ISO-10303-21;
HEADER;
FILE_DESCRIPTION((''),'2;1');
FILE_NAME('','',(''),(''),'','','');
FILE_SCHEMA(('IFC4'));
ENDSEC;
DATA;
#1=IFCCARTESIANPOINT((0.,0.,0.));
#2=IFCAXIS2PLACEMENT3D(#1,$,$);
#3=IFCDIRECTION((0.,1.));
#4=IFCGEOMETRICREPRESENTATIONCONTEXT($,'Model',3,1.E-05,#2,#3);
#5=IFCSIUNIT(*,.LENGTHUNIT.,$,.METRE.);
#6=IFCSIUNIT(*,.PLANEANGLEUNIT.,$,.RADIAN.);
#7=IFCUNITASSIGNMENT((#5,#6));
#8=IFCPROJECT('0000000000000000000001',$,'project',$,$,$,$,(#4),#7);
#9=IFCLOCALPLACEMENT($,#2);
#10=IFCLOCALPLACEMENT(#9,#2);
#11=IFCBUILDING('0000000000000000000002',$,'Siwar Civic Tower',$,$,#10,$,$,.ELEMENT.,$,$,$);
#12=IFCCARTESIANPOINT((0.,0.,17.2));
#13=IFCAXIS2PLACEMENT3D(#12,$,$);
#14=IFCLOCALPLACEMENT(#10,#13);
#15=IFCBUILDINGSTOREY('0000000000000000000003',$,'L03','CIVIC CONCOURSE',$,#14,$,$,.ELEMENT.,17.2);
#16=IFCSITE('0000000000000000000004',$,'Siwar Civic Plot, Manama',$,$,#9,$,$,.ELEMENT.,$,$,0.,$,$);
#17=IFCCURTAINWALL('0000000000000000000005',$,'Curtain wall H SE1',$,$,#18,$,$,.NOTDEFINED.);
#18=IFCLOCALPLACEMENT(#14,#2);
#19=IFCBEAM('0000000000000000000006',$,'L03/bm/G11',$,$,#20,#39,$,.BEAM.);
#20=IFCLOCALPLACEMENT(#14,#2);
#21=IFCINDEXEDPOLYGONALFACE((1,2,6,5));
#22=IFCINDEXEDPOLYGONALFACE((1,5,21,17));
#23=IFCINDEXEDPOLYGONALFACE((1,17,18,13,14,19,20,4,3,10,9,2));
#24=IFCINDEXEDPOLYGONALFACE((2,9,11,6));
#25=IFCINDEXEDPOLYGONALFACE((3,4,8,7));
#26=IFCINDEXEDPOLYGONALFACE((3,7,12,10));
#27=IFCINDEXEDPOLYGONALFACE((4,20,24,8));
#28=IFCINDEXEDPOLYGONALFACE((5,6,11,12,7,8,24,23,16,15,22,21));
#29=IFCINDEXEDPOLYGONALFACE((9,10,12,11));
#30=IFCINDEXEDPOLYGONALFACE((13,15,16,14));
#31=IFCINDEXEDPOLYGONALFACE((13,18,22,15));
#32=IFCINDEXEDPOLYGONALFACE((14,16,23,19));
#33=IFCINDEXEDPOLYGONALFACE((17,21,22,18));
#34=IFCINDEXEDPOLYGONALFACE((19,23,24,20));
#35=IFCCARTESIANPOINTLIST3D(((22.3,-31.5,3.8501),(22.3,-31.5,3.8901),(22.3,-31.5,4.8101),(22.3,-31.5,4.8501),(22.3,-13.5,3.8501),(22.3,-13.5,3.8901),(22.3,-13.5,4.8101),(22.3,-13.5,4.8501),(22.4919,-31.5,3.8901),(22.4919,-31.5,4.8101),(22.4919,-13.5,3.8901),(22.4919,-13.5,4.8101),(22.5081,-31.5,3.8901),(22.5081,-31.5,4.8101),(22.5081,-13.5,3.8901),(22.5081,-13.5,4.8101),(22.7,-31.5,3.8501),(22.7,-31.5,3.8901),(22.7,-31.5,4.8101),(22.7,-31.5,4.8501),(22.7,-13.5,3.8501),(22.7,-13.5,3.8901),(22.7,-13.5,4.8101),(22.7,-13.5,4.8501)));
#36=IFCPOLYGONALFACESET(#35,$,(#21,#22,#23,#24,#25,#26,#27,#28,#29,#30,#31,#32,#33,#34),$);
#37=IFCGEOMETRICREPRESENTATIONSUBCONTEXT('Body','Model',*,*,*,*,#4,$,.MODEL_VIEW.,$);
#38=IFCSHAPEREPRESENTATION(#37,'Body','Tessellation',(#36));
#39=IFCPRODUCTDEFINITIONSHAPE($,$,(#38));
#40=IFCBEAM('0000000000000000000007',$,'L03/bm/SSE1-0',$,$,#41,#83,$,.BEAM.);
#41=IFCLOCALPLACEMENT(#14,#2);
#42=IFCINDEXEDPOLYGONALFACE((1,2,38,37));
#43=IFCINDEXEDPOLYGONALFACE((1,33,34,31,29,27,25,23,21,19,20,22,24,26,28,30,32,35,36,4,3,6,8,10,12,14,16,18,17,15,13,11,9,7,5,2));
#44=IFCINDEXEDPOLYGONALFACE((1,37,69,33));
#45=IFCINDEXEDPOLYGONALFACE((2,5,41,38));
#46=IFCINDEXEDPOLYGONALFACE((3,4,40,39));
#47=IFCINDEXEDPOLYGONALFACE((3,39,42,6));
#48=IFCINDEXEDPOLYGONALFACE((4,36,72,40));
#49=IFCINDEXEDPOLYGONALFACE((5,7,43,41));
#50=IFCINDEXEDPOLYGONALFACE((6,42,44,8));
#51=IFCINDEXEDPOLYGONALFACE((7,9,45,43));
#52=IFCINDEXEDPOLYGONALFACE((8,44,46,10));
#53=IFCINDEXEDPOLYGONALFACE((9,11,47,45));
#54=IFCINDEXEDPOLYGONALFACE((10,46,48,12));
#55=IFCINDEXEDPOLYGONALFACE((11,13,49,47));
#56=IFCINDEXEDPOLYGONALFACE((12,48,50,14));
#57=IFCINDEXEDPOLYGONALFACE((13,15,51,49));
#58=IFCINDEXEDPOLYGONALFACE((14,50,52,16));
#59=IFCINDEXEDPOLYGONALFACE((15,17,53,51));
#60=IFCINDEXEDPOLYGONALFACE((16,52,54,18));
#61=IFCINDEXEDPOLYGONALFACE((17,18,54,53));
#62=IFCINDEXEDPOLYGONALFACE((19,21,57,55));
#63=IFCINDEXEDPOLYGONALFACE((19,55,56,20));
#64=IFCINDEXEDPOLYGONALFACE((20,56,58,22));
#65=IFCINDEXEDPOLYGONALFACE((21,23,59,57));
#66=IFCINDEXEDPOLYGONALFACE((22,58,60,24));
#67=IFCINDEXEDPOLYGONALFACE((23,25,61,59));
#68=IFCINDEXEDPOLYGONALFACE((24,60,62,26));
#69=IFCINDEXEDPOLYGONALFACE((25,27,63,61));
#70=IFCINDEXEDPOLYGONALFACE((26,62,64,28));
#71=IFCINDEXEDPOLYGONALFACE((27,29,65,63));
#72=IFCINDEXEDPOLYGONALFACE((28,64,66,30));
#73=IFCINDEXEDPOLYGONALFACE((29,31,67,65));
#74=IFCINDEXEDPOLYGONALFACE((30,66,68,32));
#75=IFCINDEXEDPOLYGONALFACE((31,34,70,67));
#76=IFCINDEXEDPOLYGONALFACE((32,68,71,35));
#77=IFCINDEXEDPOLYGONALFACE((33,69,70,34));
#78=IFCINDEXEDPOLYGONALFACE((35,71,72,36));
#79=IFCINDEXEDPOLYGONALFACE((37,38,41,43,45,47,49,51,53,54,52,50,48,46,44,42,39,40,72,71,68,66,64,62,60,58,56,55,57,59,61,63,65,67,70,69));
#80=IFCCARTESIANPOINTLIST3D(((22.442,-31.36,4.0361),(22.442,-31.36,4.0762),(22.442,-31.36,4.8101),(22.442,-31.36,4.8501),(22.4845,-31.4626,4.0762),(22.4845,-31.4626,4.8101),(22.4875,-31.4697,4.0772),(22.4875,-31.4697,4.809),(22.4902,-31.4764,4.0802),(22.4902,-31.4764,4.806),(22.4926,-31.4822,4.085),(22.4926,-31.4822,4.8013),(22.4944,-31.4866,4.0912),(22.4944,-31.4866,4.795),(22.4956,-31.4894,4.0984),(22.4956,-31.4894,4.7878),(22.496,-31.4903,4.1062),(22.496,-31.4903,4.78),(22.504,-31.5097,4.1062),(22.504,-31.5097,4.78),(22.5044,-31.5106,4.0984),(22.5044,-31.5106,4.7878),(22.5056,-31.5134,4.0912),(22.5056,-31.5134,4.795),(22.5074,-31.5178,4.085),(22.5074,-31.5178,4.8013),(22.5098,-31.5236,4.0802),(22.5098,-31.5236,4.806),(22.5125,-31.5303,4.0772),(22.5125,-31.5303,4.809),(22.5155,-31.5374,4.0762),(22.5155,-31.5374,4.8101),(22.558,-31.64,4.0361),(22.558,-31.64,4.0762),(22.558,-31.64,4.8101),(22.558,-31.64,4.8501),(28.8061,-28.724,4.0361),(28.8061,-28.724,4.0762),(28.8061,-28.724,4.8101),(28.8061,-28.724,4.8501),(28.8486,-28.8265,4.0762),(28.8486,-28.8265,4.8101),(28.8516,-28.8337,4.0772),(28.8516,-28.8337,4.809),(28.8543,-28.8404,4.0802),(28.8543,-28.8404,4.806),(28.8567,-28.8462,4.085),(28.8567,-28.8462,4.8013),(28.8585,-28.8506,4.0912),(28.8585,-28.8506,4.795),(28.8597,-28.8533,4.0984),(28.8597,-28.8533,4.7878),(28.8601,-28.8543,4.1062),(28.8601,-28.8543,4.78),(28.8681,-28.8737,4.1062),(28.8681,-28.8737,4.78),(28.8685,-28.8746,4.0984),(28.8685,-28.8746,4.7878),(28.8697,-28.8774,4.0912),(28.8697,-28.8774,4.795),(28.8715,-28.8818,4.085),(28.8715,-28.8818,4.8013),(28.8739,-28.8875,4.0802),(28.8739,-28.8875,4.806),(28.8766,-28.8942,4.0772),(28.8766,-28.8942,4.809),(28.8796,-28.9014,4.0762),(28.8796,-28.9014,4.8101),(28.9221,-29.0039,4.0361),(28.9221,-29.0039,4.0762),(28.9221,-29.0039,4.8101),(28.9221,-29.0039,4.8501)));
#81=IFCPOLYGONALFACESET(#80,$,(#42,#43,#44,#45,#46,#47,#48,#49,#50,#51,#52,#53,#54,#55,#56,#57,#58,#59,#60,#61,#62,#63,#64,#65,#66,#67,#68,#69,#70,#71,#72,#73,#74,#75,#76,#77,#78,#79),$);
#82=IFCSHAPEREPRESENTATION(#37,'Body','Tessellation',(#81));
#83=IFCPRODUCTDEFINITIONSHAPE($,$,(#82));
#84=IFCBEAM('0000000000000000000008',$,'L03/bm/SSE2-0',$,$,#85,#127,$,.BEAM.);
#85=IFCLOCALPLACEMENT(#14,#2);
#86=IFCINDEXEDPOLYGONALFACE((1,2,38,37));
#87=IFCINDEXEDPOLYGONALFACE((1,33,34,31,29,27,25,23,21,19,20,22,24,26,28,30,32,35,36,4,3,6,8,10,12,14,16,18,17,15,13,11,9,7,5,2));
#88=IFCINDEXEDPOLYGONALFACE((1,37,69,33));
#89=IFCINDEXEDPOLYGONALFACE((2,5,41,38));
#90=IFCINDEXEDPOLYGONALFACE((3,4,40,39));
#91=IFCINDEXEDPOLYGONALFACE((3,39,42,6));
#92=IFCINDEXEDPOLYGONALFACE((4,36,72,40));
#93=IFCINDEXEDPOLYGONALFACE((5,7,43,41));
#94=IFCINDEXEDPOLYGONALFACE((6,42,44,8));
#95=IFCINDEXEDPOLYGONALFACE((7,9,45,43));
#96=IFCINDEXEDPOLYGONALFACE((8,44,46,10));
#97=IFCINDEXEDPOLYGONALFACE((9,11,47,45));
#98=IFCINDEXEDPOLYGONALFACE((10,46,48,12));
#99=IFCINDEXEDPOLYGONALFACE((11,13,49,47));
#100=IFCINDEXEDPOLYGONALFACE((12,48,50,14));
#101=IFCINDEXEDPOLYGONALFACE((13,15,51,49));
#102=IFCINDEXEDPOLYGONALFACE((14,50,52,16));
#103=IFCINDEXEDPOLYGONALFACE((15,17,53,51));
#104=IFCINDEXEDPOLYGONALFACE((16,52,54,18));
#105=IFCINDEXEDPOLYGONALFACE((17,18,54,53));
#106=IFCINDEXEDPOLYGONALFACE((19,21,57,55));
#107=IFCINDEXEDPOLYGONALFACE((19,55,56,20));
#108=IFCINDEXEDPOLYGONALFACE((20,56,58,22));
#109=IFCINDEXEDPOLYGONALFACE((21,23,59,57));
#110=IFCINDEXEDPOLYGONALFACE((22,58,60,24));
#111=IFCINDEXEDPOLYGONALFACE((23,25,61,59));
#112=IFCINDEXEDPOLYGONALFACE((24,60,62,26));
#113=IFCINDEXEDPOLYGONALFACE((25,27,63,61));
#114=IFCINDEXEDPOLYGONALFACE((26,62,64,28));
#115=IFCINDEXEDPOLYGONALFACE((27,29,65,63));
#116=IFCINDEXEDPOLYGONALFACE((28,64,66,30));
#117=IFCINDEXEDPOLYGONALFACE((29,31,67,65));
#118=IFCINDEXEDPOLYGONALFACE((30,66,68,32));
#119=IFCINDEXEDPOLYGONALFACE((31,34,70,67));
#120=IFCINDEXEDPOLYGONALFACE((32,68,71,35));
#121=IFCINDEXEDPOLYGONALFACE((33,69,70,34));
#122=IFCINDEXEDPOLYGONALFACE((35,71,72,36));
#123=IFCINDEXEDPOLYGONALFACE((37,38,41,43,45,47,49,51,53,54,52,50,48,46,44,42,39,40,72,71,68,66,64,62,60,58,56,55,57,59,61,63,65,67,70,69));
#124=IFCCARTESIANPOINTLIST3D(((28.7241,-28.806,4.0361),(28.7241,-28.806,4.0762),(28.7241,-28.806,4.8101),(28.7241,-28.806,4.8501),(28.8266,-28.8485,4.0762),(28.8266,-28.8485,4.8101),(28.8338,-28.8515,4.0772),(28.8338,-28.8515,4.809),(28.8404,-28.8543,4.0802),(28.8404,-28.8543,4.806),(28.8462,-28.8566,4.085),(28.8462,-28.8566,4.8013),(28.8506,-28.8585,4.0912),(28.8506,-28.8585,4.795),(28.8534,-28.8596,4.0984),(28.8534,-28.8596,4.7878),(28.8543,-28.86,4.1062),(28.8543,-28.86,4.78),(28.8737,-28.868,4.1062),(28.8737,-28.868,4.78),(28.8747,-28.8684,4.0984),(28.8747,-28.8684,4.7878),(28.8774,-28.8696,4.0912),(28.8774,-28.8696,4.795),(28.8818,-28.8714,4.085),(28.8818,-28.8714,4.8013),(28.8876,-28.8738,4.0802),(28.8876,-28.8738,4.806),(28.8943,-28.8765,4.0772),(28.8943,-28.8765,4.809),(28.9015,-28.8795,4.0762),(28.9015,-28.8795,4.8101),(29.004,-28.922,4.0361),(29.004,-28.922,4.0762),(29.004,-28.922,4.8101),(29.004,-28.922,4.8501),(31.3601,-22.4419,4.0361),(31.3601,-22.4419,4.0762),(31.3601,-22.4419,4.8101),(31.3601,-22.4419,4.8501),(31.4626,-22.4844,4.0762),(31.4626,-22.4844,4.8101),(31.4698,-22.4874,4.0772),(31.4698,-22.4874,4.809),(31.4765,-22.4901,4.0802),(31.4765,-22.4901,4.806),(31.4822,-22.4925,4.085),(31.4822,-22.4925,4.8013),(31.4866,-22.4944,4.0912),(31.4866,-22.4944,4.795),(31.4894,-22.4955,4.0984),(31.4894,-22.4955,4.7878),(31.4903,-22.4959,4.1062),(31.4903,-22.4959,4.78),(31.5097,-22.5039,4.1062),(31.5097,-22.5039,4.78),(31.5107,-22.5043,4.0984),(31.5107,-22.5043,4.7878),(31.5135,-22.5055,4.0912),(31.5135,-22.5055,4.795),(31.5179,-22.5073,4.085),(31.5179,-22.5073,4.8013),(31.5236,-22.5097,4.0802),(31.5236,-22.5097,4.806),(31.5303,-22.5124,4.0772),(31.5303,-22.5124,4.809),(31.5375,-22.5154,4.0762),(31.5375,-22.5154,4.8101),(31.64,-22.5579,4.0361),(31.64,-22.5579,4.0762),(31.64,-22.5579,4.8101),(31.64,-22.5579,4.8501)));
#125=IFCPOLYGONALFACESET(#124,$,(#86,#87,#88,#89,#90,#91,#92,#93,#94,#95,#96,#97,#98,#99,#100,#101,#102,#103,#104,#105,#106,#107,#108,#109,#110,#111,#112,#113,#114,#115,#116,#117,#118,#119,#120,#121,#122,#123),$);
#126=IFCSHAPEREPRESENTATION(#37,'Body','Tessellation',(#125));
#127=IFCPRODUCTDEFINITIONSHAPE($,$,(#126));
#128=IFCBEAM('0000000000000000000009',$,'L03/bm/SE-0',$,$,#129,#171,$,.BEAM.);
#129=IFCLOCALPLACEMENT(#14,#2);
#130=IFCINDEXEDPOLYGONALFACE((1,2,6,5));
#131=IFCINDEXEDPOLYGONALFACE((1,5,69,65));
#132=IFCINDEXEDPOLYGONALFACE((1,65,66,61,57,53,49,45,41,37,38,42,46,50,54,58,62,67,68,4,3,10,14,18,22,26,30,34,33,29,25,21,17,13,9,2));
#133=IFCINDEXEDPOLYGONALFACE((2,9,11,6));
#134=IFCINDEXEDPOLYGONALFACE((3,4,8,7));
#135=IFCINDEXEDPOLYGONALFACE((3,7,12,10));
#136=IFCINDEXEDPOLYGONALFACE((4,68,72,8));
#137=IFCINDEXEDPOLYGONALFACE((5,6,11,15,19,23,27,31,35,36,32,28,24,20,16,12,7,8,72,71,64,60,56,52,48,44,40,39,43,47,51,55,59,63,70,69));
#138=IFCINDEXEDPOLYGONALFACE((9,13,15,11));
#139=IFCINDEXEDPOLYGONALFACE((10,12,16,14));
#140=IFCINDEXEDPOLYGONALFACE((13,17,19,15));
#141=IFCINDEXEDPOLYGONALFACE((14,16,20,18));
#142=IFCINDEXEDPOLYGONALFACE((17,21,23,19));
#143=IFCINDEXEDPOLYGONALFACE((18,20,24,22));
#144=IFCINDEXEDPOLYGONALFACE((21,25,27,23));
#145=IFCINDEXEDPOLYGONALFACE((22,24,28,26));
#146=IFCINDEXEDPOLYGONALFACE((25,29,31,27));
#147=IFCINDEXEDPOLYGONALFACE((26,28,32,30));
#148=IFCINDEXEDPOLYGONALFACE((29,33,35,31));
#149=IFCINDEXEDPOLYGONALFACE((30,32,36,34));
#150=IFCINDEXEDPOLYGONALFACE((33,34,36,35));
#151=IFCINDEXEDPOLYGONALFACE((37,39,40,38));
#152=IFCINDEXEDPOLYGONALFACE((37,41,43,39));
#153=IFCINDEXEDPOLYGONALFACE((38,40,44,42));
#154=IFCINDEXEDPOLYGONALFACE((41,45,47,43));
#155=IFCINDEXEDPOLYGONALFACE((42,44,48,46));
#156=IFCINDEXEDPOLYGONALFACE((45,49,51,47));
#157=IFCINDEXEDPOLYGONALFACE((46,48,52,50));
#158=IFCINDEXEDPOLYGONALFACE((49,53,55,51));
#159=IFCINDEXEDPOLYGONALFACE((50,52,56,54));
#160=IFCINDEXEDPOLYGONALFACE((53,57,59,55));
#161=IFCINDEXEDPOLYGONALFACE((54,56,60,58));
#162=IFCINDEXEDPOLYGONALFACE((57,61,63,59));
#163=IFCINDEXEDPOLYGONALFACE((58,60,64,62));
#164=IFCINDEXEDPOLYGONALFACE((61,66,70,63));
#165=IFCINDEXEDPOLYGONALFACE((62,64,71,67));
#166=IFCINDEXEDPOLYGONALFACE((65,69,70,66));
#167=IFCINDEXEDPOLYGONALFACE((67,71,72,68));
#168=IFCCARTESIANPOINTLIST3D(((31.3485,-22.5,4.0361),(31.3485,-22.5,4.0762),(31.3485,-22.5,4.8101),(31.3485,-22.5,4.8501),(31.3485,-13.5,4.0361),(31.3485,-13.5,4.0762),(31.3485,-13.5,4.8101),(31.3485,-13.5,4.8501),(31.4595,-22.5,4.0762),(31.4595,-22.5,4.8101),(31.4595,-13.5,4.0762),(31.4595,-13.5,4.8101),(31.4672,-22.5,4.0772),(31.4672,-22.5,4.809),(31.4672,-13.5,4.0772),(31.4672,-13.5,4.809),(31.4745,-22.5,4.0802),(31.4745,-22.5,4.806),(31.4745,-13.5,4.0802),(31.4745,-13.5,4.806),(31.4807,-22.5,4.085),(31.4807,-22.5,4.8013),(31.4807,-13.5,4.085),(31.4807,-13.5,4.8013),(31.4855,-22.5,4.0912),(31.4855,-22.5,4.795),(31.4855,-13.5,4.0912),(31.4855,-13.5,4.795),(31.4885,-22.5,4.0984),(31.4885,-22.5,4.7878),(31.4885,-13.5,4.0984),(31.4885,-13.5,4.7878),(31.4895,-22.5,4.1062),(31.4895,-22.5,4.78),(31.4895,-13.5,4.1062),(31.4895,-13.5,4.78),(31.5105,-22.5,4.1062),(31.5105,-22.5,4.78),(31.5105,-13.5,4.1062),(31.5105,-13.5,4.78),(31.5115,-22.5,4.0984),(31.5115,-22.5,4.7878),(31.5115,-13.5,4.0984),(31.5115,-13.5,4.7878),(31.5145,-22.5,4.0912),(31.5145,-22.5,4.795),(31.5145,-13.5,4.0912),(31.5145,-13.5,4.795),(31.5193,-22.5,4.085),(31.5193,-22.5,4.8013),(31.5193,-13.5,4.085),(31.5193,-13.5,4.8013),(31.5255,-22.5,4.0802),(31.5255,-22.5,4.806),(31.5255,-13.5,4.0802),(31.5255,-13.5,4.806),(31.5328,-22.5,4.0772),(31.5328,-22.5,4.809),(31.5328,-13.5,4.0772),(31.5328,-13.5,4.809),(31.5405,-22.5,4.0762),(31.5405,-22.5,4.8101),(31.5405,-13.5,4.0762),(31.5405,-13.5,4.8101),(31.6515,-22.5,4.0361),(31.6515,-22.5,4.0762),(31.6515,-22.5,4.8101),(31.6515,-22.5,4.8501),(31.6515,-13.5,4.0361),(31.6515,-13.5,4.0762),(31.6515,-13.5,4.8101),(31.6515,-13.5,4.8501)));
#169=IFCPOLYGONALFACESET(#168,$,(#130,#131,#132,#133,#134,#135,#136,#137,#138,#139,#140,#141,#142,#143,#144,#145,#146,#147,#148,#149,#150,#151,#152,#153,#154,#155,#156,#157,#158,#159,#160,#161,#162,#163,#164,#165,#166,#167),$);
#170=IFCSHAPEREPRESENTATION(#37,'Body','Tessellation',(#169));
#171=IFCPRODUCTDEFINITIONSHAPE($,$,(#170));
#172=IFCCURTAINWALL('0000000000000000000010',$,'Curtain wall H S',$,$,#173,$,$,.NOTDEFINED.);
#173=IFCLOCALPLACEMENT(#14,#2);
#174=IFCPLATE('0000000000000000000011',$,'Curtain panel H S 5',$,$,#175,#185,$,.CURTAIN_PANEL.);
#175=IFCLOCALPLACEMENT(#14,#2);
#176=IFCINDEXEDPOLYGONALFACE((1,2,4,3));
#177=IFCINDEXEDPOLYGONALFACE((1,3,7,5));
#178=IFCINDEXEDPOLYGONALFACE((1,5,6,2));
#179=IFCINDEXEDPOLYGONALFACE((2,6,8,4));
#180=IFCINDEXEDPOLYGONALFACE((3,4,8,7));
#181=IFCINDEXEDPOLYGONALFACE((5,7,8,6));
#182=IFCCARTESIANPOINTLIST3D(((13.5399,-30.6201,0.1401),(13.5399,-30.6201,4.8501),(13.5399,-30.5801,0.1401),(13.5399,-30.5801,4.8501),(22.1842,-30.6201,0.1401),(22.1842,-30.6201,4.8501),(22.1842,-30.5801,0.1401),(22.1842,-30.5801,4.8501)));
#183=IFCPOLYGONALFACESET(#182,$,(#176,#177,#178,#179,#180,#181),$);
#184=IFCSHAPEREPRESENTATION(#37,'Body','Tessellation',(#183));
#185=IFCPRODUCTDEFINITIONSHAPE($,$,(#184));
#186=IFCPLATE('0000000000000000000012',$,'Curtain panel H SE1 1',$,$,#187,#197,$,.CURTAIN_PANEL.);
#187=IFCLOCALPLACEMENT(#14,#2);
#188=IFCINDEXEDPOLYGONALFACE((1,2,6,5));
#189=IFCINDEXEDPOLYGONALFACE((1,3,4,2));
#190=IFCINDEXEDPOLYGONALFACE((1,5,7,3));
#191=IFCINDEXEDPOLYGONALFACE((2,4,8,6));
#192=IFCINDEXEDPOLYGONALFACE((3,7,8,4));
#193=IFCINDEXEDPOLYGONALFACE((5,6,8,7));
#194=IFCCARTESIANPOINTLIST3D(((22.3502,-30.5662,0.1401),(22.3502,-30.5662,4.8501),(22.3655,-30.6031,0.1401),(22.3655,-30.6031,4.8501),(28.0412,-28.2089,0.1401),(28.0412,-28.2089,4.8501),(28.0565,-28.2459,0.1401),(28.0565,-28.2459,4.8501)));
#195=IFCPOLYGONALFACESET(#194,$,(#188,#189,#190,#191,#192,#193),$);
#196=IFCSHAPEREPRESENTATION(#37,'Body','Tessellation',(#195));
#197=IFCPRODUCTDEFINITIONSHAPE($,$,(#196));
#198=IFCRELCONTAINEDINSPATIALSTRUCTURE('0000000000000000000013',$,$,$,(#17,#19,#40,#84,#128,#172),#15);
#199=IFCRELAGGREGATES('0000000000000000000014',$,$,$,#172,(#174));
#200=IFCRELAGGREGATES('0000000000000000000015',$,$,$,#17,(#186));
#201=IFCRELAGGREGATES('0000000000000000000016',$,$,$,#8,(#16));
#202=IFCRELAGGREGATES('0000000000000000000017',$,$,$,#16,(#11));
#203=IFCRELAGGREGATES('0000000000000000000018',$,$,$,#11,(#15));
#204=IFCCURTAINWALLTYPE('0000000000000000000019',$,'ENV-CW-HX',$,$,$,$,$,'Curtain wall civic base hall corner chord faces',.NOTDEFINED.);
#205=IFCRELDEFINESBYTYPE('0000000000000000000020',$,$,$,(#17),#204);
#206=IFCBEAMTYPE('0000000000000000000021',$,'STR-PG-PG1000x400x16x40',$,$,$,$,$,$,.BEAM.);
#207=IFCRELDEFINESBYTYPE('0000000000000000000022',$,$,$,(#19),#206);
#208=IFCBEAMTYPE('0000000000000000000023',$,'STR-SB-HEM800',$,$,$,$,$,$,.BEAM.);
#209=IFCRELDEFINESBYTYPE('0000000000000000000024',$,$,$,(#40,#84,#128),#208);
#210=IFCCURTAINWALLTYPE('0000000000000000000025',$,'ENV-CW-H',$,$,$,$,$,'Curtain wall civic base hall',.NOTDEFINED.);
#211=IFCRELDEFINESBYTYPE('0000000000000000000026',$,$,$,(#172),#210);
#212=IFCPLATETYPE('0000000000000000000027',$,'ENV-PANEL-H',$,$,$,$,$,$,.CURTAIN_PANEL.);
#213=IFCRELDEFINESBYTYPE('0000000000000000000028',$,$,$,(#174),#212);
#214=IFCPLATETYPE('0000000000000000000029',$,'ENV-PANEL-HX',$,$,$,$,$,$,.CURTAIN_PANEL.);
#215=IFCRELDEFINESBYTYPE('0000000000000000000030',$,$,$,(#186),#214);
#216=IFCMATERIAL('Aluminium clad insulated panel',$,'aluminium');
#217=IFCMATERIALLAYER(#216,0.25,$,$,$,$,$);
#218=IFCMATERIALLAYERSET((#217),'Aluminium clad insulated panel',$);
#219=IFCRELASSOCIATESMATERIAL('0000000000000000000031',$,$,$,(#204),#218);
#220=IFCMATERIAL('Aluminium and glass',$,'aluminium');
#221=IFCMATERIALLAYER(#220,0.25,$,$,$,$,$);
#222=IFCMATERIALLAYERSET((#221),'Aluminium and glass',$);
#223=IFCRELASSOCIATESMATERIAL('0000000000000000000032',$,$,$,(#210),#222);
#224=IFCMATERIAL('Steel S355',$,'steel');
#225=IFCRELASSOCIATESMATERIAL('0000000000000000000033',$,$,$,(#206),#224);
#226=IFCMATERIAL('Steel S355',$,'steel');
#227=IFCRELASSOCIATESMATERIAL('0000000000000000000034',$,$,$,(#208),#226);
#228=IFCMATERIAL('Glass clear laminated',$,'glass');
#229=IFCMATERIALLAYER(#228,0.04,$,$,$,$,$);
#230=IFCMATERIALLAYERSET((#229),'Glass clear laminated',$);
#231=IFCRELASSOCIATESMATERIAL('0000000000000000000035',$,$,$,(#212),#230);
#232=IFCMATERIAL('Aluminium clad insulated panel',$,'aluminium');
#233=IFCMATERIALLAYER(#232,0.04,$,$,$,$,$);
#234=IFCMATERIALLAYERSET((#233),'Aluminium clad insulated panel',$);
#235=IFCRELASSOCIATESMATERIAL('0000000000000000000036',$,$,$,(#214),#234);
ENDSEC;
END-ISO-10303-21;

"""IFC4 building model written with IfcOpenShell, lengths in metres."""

from ifc_helpers import new_model, si_unit, direction, frame, origin, origin_2d, place, context, subcontext, project, spatial, rectangle, i_section, extrude, material, layer, layer_set, material_profile, profile_set, type_object, element, aggregate, save


model = new_model("IFC4")

# Units and contexts
model_context = context("Model", 3, precision=1e-05, world=origin(), true_north=direction((0.0, 1.0)))
body_context = subcontext(model_context, "Body", "Model", "MODEL_VIEW")
ifc_project = project(units=[si_unit("LENGTHUNIT", "METRE"), si_unit("PLANEANGLEUNIT", "RADIAN")], contexts=[model_context])

# Site, building, storey
site_placement = place(None, origin())
site = spatial("IfcSite", under=ifc_project, at=site_placement, Name="Siwar Civic Plot, Manama", CompositionType="ELEMENT", RefElevation=0.0)
building_placement = place(site_placement, origin())
building = spatial("IfcBuilding", under=site, at=building_placement, Name="Siwar Civic Tower", CompositionType="ELEMENT")
storey_placement = place(building_placement, frame((0.0, 0.0, 17.2)))
storey = spatial("IfcBuildingStorey", under=building, at=storey_placement, Name="L03", Description="CIVIC CONCOURSE", CompositionType="ELEMENT", Elevation=17.2)

# Curtain wall
ifc_material_1 = material(Name="Aluminium clad insulated panel", Category="aluminium")
ifc_layer_1 = layer(ifc_material_1, 0.25)
ifc_layer_set_1 = layer_set([ifc_layer_1], Name="Aluminium clad insulated panel")
curtain_wall_type_1 = type_object("IfcCurtainWallType", Name="ENV-CW-HX", ElementType="Curtain wall civic base hall corner chord faces", PredefinedType="NOTDEFINED", material=ifc_layer_set_1)
curtain_wall_1_placement = place(storey_placement, origin())
curtain_wall_1 = element("IfcCurtainWall", 1, at=curtain_wall_1_placement, inside=storey, type_object=curtain_wall_type_1, Name="Curtain wall H SE1", PredefinedType="NOTDEFINED")
ifc_material_2 = material(Name="Aluminium and glass", Category="aluminium")
ifc_layer_2 = layer(ifc_material_2, 0.25)
ifc_layer_set_2 = layer_set([ifc_layer_2], Name="Aluminium and glass")
curtain_wall_type_2 = type_object("IfcCurtainWallType", Name="ENV-CW-H", ElementType="Curtain wall civic base hall", PredefinedType="NOTDEFINED", material=ifc_layer_set_2)

# Beams
ifc_material_3 = material(Name="Steel S355", Category="steel")
ifc_material_profile_1 = material_profile(ifc_material_3, i_section(OverallWidth=0.3999, OverallDepth=1.0, WebThickness=0.0161, FlangeThickness=0.04, at=origin_2d()), Name="PG1000x400x16x40")
ifc_profile_set_1 = profile_set([ifc_material_profile_1], Name="Steel S355")
beam_type_1 = type_object("IfcBeamType", Name="STR-PG-PG1000x400x16x40", PredefinedType="BEAM", material=ifc_profile_set_1)
beam_1_placement = place(storey_placement, frame((22.5, -31.5, 4.3501), z_axis=(0.0, 1.0, 0.0), x_axis=(-1.0, 0.0, 0.0)))
element("IfcBeam", 2, at=beam_1_placement, inside=storey, type_object=beam_type_1, Name="L03/bm/G11", PredefinedType="BEAM", context=body_context, shape_type="SweptSolid", body=[
    extrude(i_section(OverallWidth=0.3999, OverallDepth=1.0, WebThickness=0.0161, FlangeThickness=0.04, at=origin_2d()), origin(), (0.0, 0.0, 1.0), 18.0),
])
ifc_material_4 = material(Name="Steel S355", Category="steel")
ifc_material_profile_2 = material_profile(ifc_material_4, i_section(OverallWidth=0.303, OverallDepth=0.814, WebThickness=0.021, FlangeThickness=0.04, FilletRadius=0.03, at=origin_2d()), Name="HEM800")
ifc_profile_set_2 = profile_set([ifc_material_profile_2], Name="Steel S355")
beam_type_2 = type_object("IfcBeamType", Name="STR-SB-HEM800", PredefinedType="BEAM", material=ifc_profile_set_2)
for number, where, z_axis, x_axis, name in (
    (3, (22.5, -31.5, 4.4431), (0.923883, 0.382674, 0.0), (-0.382674, 0.923883, 0.0), "L03/bm/SSE1-0"),
    (4, (28.864, -28.864, 4.4431), (0.382674, 0.923883, 0.0), (-0.923883, 0.382674, 0.0), "L03/bm/SSE2-0"),
):
    element("IfcBeam", number, at=place(storey_placement, frame(where, z_axis=z_axis, x_axis=x_axis)), inside=storey, type_object=beam_type_2, Name=name, PredefinedType="BEAM", context=body_context, shape_type="SweptSolid", body=[
        extrude(i_section(OverallWidth=0.303, OverallDepth=0.814, WebThickness=0.021, FlangeThickness=0.04, FilletRadius=0.03, at=origin_2d()), origin(), (0.0, 0.0, 1.0), 6.8884),
    ])
beam_2_placement = place(storey_placement, frame((31.5, -22.5, 4.4431), z_axis=(0.0, 1.0, 0.0), x_axis=(-1.0, 0.0, 0.0)))
element("IfcBeam", 5, at=beam_2_placement, inside=storey, type_object=beam_type_2, Name="L03/bm/SE-0", PredefinedType="BEAM", context=body_context, shape_type="SweptSolid", body=[
    extrude(i_section(OverallWidth=0.303, OverallDepth=0.814, WebThickness=0.021, FlangeThickness=0.04, FilletRadius=0.03, at=origin_2d()), origin(), (0.0, 0.0, 1.0), 9.0),
])

# Curtain wall, plate
curtain_wall_2_placement = place(storey_placement, origin())
curtain_wall_2 = element("IfcCurtainWall", 6, at=curtain_wall_2_placement, inside=storey, type_object=curtain_wall_type_2, Name="Curtain wall H S", PredefinedType="NOTDEFINED")
ifc_material_5 = material(Name="Glass clear laminated", Category="glass")
ifc_layer_3 = layer(ifc_material_5, 0.04)
ifc_layer_set_3 = layer_set([ifc_layer_3], Name="Glass clear laminated")
plate_type_1 = type_object("IfcPlateType", Name="ENV-PANEL-H", PredefinedType="CURTAIN_PANEL", material=ifc_layer_set_3)
plate_1_placement = place(storey_placement, frame((17.8621, -30.6001, 0.1401), z_axis=(0.0, 0.0, 1.0), x_axis=(1.0, 0.0, 0.0)))
plate_1 = element("IfcPlate", 7, at=plate_1_placement, type_object=plate_type_1, Name="Curtain panel H S 5", PredefinedType="CURTAIN_PANEL", context=body_context, shape_type="SweptSolid", body=[
    extrude(rectangle(XDim=8.6443, YDim=0.04, at=origin_2d()), origin(), (0.0, 0.0, 1.0), 4.71),
])
aggregate(curtain_wall_2, [plate_1])

# Plate
ifc_material_6 = material(Name="Aluminium clad insulated panel", Category="aluminium")
ifc_layer_4 = layer(ifc_material_6, 0.04)
ifc_layer_set_4 = layer_set([ifc_layer_4], Name="Aluminium clad insulated panel")
plate_type_2 = type_object("IfcPlateType", Name="ENV-PANEL-HX", PredefinedType="CURTAIN_PANEL", material=ifc_layer_set_4)
plate_2_placement = place(storey_placement, frame((25.2034, -29.406, 0.1401), z_axis=(0.0, 0.0, 1.0), x_axis=(0.92388, 0.382683, 0.0)))
plate_2 = element("IfcPlate", 8, at=plate_2_placement, type_object=plate_type_2, Name="Curtain panel H SE1 1", PredefinedType="CURTAIN_PANEL", context=body_context, shape_type="SweptSolid", body=[
    extrude(rectangle(XDim=6.1599, YDim=0.04, at=origin_2d()), origin(), (0.0, 0.0, 1.0), 4.71),
])
aggregate(curtain_wall_1, [plate_2])

save(model, "model.ifc")
